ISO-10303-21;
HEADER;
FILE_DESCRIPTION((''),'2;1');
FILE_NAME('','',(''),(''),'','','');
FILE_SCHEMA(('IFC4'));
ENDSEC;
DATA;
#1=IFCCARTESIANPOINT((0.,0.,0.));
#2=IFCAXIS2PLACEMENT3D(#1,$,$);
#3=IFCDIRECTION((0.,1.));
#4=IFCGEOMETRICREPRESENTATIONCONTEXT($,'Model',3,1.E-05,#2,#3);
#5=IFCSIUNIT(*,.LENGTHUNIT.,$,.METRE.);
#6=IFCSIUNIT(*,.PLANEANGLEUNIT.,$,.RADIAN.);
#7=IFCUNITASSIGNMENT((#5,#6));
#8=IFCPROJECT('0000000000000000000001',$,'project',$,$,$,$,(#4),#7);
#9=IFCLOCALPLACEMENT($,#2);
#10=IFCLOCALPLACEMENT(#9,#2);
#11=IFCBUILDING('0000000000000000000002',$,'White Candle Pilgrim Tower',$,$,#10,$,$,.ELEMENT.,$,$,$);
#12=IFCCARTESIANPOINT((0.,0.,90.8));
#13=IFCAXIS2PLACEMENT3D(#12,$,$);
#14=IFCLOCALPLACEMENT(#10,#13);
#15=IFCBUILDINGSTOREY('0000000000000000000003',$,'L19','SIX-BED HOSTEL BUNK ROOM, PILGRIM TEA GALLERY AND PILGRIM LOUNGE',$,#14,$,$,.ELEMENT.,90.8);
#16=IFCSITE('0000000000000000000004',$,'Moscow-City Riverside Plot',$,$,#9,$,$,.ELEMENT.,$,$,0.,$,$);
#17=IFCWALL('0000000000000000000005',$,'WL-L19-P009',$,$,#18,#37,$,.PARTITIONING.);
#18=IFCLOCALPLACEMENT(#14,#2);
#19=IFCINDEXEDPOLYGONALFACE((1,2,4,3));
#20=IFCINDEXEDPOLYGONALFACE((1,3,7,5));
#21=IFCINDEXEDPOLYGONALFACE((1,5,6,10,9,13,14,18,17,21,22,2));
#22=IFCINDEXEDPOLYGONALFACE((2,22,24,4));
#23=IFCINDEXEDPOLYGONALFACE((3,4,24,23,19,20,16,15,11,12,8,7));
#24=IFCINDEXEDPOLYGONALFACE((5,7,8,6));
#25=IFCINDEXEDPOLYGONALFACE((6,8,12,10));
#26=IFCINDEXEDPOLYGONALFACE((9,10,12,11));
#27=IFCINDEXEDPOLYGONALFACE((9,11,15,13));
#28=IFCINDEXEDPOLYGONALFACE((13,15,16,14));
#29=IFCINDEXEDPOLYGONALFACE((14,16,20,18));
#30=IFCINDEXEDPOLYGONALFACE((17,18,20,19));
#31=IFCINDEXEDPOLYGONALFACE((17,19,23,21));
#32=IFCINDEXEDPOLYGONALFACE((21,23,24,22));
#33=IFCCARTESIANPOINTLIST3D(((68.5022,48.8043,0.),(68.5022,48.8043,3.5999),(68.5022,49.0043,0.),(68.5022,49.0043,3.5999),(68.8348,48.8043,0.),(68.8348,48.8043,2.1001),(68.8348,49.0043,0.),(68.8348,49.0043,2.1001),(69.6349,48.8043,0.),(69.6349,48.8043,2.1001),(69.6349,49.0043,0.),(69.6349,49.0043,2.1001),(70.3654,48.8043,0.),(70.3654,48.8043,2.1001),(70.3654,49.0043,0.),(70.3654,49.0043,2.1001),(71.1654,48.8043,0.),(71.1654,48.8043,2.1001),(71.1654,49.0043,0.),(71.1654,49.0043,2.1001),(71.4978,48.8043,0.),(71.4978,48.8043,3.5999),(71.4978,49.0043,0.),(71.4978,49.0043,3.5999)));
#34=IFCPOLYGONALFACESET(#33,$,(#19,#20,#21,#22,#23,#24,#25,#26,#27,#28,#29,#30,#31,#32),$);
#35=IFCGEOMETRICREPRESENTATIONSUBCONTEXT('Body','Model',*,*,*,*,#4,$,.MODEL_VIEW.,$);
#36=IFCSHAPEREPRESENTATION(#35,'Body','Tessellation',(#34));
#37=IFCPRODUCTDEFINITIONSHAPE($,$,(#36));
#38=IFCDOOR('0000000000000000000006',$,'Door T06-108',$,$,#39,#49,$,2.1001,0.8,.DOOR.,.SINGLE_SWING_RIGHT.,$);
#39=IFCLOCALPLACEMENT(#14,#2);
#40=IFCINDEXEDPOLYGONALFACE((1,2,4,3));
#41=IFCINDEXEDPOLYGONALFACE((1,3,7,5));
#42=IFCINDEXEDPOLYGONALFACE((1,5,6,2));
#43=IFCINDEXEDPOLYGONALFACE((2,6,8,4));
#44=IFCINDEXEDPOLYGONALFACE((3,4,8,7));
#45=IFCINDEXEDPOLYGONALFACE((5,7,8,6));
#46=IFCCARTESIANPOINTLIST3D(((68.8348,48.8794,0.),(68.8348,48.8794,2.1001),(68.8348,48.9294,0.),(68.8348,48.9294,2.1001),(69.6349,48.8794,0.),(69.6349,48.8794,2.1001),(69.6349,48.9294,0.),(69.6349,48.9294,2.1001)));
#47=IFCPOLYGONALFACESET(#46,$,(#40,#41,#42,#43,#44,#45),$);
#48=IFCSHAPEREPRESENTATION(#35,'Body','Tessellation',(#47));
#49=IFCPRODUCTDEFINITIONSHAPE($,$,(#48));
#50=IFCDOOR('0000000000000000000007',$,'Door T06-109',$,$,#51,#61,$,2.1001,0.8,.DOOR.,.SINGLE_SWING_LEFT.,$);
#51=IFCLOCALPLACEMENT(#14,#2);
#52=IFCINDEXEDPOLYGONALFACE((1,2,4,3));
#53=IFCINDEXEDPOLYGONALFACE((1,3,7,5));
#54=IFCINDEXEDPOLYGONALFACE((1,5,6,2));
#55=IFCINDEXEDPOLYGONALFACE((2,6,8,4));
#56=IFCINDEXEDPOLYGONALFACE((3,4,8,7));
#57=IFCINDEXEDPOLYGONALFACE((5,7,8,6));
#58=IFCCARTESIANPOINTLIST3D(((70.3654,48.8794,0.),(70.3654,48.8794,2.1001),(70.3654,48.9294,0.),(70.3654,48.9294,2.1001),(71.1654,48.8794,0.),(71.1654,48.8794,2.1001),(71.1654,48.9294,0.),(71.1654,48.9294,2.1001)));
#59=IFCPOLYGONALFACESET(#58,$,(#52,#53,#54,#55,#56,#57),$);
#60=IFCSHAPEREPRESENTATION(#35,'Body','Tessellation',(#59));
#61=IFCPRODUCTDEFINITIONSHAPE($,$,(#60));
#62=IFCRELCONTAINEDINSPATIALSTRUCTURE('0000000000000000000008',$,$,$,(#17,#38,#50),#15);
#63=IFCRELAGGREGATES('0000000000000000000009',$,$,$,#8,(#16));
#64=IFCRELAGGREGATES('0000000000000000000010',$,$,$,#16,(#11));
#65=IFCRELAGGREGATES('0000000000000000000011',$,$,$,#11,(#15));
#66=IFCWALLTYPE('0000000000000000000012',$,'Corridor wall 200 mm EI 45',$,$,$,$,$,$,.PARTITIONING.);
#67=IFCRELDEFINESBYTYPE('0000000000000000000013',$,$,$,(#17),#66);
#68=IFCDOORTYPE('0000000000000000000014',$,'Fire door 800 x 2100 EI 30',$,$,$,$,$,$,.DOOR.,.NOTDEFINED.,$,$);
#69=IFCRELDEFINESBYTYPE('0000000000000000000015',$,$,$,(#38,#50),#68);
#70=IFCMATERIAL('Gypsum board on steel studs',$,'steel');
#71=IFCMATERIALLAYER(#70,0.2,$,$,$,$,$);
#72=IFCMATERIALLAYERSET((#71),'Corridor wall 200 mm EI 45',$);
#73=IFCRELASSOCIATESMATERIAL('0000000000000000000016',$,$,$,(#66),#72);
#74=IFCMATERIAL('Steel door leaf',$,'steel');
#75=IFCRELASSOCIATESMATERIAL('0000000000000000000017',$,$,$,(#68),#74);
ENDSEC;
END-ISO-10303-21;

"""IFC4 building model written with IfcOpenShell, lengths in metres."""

from ifc_helpers import new_model, si_unit, direction, frame, frame_2d, origin, place, context, subcontext, project, spatial, rectangle, extrude, material, layer, layer_set, type_object, element, fill, save


model = new_model("IFC4")

# Units and contexts
model_context = context("Model", 3, precision=1e-05, world=origin(), true_north=direction((0.0, 1.0)))
body_context = subcontext(model_context, "Body", "Model", "MODEL_VIEW")
ifc_project = project(units=[si_unit("LENGTHUNIT", "METRE"), si_unit("PLANEANGLEUNIT", "RADIAN")], contexts=[model_context])

# Site, building, storey
site_placement = place(None, origin())
site = spatial("IfcSite", under=ifc_project, at=site_placement, Name="Moscow-City Riverside Plot", CompositionType="ELEMENT", RefElevation=0.0)
building_placement = place(site_placement, origin())
building = spatial("IfcBuilding", under=site, at=building_placement, Name="White Candle Pilgrim Tower", CompositionType="ELEMENT")
storey_placement = place(building_placement, frame((0.0, 0.0, 90.8)))
storey = spatial("IfcBuildingStorey", under=building, at=storey_placement, Name="L19", Description="SIX-BED HOSTEL BUNK ROOM, PILGRIM TEA GALLERY AND PILGRIM LOUNGE", CompositionType="ELEMENT", Elevation=90.8)

# Wall, openings, doors
ifc_material_1 = material(Name="Gypsum board on steel studs", Category="steel")
ifc_layer_1 = layer(ifc_material_1, 0.2)
ifc_layer_set_1 = layer_set([ifc_layer_1], Name="Corridor wall 200 mm EI 45")
wall_type_1 = type_object("IfcWallType", Name="Corridor wall 200 mm EI 45", PredefinedType="PARTITIONING", material=ifc_layer_set_1)
wall_1_placement = place(storey_placement, frame((71.4978, 48.9043, 0.0), z_axis=(0.0, 0.0, 1.0), x_axis=(-1.0, 0.0, 0.0)))
wall_1 = element("IfcWall", 1, at=wall_1_placement, inside=storey, type_object=wall_type_1, Name="WL-L19-P009", PredefinedType="PARTITIONING", context=body_context, shape_type="SweptSolid", body=[
    extrude(rectangle(XDim=2.9956, YDim=0.2, at=frame_2d((1.4978, 0.0))), origin(), (0.0, 0.0, 1.0), 3.5999),
])
opening_1_placement = place(wall_1_placement, frame((1.863, 0.0, 0.0)))
opening_1 = element("IfcOpeningElement", 2, at=opening_1_placement, cuts=wall_1, PredefinedType="OPENING", context=body_context, shape_type="SweptSolid", body=[
    extrude(rectangle(XDim=0.8, YDim=2.1001, at=frame_2d((0.3999, 1.05))), frame((0.0, 0.1099, 0.0), z_axis=(0.0, -1.0, 0.0), x_axis=(1.0, 0.0, 0.0)), (0.0, 0.0, 1.0), 0.22),
])
opening_2_placement = place(wall_1_placement, frame((0.3325, 0.0, 0.0)))
opening_2 = element("IfcOpeningElement", 3, at=opening_2_placement, cuts=wall_1, PredefinedType="OPENING", context=body_context, shape_type="SweptSolid", body=[
    extrude(rectangle(XDim=0.8, YDim=2.1001, at=frame_2d((0.3999, 1.05))), frame((0.0, 0.1099, 0.0), z_axis=(0.0, -1.0, 0.0), x_axis=(1.0, 0.0, 0.0)), (0.0, 0.0, 1.0), 0.22),
])
ifc_material_2 = material(Name="Steel door leaf", Category="steel")
door_type = type_object("IfcDoorType", Name="Fire door 800 x 2100 EI 30", OperationType="NOTDEFINED", PredefinedType="DOOR", material=ifc_material_2)
door_1_placement = place(opening_1_placement, origin())
door_1 = element("IfcDoor", 4, at=door_1_placement, inside=storey, type_object=door_type, Name="Door T06-108", OperationType="SINGLE_SWING_RIGHT", OverallHeight=2.1001, OverallWidth=0.8, PredefinedType="DOOR", context=body_context, shape_type="SweptSolid", body=[
    extrude(rectangle(XDim=0.8, YDim=2.1001, at=frame_2d((0.3999, 1.05))), frame((0.0, 0.0249, 0.0), z_axis=(0.0, -1.0, 0.0), x_axis=(1.0, 0.0, 0.0)), (0.0, 0.0, 1.0), 0.05),
])
fill(opening_1, door_1)
door_2_placement = place(opening_2_placement, origin())
door_2 = element("IfcDoor", 5, at=door_2_placement, inside=storey, type_object=door_type, Name="Door T06-109", OperationType="SINGLE_SWING_LEFT", OverallHeight=2.1001, OverallWidth=0.8, PredefinedType="DOOR", context=body_context, shape_type="SweptSolid", body=[
    extrude(rectangle(XDim=0.8, YDim=2.1001, at=frame_2d((0.3999, 1.05))), frame((0.0, 0.0249, 0.0), z_axis=(0.0, -1.0, 0.0), x_axis=(1.0, 0.0, 0.0)), (0.0, 0.0, 1.0), 0.05),
])
fill(opening_2, door_2)

save(model, "model.ifc")
